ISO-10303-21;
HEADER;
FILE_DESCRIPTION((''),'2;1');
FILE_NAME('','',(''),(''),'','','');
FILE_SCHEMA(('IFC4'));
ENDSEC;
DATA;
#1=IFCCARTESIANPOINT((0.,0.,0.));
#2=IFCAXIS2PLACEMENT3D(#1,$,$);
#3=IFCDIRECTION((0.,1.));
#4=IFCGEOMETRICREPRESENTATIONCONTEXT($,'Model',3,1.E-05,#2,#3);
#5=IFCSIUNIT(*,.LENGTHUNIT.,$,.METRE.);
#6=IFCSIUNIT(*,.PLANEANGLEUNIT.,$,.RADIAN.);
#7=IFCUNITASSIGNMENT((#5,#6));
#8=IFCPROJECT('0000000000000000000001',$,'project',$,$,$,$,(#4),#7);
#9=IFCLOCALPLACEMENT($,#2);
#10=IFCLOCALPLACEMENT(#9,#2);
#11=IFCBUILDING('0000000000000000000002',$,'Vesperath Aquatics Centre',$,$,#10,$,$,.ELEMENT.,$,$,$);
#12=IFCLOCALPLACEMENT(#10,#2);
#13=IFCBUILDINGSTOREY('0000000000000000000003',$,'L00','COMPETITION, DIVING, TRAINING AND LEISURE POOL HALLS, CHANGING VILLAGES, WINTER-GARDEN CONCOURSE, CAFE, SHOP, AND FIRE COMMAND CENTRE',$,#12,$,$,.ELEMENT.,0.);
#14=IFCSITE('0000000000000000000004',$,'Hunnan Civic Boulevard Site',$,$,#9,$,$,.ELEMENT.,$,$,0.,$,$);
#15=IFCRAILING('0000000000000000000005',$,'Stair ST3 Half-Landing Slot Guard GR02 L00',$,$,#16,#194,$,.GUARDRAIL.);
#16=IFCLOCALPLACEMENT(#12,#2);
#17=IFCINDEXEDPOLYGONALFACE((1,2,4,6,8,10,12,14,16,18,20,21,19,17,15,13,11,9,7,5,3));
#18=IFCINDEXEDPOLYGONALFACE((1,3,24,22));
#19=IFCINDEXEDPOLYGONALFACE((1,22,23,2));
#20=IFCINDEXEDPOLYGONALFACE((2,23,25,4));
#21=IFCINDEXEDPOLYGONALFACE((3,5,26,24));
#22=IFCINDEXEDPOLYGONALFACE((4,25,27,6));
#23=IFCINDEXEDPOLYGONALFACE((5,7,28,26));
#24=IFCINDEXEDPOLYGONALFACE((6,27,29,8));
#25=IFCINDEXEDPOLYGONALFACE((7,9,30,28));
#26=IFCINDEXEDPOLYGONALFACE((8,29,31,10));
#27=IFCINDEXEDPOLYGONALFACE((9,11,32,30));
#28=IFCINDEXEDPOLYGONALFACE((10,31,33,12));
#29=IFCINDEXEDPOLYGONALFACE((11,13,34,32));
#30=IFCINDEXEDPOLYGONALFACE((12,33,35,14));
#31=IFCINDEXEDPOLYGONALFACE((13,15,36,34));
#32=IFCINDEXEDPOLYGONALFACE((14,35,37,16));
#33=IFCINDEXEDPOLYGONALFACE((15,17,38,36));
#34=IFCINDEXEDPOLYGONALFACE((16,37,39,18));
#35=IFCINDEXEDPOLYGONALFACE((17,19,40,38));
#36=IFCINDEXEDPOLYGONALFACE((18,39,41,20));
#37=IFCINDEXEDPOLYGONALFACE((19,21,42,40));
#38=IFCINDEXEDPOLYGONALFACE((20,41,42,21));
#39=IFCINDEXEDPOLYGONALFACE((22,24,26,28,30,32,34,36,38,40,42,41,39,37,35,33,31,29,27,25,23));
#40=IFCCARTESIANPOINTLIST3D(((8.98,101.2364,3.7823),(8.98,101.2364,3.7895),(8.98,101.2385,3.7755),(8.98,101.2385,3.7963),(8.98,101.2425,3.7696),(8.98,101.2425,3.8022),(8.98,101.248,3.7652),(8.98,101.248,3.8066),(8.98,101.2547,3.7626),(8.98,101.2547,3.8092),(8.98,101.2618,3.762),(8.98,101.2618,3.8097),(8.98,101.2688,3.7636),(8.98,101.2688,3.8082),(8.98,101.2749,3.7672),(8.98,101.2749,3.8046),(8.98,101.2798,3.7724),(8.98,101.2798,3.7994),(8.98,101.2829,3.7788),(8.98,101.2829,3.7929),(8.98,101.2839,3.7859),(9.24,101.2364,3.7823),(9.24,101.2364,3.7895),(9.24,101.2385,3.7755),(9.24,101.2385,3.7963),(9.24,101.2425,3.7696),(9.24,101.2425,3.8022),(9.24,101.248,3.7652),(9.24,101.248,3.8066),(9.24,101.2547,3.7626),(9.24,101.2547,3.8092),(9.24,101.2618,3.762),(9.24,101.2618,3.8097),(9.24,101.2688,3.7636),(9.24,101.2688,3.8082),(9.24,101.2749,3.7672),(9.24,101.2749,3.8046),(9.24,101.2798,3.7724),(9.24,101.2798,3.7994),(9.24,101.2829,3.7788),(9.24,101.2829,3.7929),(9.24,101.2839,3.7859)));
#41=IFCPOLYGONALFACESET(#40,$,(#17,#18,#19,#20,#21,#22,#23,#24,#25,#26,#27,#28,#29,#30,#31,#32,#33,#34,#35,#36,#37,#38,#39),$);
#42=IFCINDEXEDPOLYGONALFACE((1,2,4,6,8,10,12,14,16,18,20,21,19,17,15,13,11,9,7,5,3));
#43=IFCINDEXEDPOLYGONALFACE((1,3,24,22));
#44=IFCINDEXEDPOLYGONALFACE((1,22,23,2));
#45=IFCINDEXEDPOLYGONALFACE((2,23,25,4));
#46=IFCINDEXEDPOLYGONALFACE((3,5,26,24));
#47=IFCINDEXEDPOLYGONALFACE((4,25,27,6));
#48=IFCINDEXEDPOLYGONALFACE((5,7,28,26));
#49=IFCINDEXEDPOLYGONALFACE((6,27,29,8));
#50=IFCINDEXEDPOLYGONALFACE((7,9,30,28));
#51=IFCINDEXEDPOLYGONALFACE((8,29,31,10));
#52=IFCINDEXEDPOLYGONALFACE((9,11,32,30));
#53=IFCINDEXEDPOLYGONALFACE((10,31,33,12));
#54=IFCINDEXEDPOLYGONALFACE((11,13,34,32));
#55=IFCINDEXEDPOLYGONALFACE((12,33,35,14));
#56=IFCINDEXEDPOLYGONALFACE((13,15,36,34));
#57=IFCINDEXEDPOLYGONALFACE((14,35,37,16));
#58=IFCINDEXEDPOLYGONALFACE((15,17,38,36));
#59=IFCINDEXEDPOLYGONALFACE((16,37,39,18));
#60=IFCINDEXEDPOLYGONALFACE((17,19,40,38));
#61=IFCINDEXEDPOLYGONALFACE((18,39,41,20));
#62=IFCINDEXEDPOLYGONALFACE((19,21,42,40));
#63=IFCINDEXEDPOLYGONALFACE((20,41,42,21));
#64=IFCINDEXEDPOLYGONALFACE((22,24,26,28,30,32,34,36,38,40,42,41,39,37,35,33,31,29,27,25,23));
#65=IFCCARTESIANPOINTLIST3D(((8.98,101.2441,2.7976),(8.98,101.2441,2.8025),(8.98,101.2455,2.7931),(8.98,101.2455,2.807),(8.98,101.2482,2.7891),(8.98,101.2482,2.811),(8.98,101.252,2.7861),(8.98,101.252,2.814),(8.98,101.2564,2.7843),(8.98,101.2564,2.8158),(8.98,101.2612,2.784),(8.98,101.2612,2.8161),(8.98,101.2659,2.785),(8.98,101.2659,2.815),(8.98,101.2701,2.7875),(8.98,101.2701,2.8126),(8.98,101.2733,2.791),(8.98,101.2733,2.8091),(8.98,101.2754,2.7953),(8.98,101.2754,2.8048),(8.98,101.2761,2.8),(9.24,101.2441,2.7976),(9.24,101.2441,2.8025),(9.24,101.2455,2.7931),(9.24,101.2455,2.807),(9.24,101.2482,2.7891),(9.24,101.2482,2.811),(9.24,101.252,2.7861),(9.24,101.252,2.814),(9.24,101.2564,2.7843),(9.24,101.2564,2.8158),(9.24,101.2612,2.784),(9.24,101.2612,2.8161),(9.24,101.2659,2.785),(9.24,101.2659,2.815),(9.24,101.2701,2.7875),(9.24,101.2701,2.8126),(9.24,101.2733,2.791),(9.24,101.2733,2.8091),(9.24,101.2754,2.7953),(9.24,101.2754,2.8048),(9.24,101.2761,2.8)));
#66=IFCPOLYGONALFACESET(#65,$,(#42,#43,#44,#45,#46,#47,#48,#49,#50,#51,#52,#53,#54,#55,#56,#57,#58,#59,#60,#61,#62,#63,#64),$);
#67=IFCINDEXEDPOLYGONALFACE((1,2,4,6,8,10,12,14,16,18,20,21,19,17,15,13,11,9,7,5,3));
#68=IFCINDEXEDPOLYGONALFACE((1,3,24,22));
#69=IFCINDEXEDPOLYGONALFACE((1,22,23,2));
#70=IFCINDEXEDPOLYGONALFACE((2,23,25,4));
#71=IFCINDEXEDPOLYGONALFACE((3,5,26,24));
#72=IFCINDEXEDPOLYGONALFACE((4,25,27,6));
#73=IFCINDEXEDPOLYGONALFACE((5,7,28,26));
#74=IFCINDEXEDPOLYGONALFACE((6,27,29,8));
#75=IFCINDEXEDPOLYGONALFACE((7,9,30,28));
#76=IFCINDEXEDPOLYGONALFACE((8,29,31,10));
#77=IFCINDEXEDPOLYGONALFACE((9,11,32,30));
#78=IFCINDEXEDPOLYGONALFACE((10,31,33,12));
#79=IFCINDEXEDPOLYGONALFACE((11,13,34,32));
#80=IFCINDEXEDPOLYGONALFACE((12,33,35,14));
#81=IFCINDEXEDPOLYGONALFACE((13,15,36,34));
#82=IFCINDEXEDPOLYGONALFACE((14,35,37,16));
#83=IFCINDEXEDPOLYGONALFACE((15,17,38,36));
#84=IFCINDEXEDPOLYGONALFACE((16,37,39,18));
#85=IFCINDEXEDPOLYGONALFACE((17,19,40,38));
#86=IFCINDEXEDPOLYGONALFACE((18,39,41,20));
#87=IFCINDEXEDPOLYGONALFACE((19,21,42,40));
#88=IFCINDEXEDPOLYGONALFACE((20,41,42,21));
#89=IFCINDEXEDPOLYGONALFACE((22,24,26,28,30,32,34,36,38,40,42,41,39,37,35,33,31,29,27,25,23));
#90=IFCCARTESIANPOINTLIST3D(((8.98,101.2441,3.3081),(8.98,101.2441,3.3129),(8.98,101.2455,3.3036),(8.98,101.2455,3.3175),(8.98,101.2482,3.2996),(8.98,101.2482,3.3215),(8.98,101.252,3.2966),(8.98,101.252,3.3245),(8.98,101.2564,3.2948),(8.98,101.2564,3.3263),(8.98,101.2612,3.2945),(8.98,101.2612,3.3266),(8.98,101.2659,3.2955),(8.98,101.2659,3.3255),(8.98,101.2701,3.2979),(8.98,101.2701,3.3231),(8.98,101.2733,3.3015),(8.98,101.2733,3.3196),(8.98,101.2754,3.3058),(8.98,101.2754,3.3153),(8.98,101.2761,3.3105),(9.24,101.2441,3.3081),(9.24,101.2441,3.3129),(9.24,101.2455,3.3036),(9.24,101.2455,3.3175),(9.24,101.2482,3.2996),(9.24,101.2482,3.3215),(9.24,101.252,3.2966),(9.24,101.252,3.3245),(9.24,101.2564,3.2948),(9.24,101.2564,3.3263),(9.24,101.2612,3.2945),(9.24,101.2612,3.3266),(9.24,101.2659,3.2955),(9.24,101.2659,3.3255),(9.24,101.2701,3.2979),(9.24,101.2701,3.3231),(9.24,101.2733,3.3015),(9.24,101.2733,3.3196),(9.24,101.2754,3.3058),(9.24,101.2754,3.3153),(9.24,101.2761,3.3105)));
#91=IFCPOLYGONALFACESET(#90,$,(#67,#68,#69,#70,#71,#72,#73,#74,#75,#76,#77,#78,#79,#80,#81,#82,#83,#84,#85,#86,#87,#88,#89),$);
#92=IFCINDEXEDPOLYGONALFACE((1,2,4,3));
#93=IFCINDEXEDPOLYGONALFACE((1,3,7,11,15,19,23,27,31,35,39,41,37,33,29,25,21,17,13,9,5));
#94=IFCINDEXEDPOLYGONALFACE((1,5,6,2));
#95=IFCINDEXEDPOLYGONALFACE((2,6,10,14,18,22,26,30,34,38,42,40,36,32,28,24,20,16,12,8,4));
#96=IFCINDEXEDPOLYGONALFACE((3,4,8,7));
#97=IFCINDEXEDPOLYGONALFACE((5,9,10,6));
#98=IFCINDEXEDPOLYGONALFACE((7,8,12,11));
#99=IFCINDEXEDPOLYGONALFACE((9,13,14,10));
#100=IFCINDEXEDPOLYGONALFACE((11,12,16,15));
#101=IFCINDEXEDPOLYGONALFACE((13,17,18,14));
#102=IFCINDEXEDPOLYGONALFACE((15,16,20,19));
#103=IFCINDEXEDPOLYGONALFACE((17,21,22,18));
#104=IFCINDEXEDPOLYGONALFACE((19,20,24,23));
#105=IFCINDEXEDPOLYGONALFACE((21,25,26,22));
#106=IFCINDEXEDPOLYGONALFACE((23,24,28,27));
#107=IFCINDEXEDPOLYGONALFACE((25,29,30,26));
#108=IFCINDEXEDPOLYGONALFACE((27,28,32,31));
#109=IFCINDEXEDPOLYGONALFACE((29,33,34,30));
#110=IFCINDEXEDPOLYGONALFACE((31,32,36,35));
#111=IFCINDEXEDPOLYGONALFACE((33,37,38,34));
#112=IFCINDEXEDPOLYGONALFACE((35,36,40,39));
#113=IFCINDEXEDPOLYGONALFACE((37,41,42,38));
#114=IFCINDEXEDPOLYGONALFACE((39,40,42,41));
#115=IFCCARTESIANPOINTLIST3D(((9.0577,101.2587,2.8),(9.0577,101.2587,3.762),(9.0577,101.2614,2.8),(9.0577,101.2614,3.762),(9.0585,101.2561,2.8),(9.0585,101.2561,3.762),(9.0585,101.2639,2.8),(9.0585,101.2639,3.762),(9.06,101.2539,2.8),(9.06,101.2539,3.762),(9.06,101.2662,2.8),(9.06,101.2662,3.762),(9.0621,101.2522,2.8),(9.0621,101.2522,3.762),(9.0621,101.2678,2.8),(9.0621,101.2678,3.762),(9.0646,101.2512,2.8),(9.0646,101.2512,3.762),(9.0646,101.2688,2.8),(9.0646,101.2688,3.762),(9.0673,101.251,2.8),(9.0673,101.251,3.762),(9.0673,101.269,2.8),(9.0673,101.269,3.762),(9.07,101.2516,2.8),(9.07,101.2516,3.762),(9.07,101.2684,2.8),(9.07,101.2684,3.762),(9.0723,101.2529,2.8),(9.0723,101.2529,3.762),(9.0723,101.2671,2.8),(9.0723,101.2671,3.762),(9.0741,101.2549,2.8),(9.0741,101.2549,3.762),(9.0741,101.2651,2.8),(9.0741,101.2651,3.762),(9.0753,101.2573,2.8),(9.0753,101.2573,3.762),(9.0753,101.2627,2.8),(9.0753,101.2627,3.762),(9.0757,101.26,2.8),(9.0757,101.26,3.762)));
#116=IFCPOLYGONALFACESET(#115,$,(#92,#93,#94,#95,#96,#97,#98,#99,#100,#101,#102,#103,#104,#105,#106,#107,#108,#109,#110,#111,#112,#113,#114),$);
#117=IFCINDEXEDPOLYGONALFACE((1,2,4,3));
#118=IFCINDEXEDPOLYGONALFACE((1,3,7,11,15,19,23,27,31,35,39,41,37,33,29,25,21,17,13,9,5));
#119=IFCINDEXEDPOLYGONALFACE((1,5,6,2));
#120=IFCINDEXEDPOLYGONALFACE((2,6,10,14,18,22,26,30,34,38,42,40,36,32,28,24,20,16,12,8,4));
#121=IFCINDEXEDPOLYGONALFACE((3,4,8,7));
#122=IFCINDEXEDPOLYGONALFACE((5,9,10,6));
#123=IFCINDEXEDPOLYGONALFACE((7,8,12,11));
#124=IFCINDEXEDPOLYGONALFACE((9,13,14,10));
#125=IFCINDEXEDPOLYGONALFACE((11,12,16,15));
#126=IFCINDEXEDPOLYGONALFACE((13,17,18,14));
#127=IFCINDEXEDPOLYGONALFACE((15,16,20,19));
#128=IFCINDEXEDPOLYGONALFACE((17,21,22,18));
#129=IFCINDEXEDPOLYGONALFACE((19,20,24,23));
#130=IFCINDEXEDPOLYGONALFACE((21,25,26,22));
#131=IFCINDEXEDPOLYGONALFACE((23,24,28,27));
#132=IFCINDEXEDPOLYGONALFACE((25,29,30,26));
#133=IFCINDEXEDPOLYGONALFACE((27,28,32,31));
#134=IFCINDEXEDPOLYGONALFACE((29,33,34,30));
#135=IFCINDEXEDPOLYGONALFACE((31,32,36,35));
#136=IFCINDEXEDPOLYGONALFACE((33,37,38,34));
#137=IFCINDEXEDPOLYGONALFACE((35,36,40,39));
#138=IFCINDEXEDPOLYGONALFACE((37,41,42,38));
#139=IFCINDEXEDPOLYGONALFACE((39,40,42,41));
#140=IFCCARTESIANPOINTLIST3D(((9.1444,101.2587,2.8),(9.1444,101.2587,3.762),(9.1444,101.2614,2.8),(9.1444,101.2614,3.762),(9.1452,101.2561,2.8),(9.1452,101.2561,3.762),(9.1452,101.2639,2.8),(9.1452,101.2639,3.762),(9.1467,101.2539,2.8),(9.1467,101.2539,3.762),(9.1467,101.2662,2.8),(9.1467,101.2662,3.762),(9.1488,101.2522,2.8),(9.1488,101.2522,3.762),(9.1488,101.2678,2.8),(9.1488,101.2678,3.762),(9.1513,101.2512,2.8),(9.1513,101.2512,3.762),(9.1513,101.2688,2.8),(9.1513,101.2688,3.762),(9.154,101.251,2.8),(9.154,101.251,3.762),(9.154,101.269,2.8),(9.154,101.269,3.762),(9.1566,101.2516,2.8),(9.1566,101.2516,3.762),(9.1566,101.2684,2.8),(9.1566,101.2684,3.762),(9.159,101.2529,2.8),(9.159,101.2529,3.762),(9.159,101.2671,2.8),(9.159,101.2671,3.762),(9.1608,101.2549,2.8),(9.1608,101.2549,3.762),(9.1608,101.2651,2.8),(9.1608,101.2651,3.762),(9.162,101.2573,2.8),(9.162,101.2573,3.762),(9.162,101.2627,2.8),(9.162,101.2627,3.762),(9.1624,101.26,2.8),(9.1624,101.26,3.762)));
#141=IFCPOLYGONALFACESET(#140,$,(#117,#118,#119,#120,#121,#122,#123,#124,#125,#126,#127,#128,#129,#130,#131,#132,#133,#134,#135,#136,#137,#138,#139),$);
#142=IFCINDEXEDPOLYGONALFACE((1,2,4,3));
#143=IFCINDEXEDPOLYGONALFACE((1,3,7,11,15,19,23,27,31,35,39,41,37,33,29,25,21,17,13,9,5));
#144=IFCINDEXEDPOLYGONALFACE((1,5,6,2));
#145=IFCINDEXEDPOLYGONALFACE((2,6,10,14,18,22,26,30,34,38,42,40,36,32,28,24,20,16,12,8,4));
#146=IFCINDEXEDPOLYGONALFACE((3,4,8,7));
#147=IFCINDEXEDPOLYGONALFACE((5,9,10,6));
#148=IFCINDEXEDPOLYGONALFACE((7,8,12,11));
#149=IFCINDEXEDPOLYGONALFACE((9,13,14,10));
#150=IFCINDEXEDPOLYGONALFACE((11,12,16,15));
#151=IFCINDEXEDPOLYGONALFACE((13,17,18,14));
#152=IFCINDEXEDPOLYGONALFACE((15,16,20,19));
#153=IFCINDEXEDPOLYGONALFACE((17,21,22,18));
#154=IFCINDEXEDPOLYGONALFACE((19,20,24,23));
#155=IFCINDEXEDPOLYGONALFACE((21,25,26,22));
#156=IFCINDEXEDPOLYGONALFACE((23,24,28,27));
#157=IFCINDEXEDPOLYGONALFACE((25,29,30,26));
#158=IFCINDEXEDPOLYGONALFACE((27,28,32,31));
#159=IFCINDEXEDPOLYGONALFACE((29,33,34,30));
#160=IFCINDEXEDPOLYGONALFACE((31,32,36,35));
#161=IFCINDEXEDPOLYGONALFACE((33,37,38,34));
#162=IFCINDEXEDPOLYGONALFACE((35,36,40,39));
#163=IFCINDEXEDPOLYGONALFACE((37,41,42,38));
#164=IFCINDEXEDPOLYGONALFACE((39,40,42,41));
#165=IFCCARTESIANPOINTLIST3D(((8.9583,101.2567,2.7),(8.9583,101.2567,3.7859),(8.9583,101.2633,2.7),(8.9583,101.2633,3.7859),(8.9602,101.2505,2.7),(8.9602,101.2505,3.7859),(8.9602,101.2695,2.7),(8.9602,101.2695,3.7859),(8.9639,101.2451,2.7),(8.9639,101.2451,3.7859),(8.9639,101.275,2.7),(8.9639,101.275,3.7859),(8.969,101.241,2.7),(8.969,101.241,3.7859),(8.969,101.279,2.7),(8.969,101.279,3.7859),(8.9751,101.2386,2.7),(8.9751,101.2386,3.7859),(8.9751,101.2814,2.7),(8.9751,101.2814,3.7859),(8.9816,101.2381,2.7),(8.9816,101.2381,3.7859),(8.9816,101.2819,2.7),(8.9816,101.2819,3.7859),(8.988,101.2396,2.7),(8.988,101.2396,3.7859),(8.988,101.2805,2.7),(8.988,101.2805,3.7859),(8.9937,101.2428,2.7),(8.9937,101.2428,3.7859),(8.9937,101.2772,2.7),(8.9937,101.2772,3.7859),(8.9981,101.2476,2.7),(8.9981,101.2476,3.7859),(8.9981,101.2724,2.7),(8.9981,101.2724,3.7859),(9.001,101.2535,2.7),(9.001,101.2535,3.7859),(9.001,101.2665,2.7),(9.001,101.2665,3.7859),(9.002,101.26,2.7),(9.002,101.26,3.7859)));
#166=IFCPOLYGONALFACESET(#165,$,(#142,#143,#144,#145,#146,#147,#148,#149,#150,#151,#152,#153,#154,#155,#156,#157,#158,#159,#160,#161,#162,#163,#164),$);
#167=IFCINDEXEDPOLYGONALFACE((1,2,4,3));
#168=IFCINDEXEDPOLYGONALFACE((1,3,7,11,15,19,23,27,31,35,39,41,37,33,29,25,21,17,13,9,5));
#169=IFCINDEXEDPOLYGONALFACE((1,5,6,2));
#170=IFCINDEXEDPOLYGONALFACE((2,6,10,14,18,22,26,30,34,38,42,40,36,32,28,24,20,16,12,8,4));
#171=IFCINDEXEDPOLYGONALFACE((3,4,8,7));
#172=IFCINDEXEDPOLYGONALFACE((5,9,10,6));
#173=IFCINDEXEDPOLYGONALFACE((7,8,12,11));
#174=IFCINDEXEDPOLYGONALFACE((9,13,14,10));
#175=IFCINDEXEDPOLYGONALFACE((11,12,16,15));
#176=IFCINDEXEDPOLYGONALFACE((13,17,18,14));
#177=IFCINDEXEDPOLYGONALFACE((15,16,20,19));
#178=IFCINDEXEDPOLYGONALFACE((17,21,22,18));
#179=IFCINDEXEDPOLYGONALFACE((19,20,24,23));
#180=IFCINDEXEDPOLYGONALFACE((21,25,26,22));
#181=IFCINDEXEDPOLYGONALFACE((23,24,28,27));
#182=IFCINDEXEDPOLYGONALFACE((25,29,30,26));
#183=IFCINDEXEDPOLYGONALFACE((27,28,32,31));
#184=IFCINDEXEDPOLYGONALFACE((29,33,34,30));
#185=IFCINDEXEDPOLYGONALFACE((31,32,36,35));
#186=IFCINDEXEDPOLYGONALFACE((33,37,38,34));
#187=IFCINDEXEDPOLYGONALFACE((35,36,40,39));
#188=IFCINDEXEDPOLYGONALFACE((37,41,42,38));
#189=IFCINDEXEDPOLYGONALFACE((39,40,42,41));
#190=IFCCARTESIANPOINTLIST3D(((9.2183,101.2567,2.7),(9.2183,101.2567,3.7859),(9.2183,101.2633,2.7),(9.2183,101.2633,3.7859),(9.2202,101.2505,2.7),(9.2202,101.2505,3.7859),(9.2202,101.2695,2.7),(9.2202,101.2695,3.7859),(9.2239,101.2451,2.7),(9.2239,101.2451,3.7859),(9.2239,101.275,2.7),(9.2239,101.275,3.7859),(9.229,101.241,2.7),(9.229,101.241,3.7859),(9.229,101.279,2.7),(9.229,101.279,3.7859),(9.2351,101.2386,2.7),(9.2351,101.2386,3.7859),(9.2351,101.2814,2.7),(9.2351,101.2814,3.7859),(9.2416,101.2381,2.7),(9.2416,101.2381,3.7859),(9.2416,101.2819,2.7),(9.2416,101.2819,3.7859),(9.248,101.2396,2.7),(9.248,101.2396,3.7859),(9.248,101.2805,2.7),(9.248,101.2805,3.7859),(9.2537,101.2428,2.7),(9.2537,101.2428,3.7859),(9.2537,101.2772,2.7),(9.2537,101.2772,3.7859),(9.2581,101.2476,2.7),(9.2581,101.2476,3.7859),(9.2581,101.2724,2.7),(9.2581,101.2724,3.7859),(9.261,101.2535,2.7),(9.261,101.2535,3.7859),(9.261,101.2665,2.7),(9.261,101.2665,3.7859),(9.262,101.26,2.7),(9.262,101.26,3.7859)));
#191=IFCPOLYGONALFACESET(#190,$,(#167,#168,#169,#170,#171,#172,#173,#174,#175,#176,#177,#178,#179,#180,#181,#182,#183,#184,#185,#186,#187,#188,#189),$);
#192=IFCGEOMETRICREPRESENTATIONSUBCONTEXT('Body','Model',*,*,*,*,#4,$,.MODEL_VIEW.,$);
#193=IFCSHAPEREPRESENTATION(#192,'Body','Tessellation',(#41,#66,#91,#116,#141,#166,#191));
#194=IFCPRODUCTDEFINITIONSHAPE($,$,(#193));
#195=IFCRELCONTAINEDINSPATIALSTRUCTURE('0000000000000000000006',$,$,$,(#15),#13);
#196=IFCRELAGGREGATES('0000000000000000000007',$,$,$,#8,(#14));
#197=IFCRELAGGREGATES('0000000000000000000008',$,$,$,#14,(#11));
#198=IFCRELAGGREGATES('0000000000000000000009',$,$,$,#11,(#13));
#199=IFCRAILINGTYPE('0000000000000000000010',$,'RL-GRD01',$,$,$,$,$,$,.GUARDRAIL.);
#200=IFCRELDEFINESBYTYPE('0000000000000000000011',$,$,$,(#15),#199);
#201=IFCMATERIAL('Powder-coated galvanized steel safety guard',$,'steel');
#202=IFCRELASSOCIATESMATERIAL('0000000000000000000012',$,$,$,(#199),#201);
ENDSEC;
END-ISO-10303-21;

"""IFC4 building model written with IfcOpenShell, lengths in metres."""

from ifc_helpers import new_model, si_unit, direction, frame, origin, origin_2d, place, context, subcontext, project, spatial, circle, extrude, material, type_object, element, save


model = new_model("IFC4")

# Units and contexts
model_context = context("Model", 3, precision=1e-05, world=origin(), true_north=direction((0.0, 1.0)))
body_context = subcontext(model_context, "Body", "Model", "MODEL_VIEW")
ifc_project = project(units=[si_unit("LENGTHUNIT", "METRE"), si_unit("PLANEANGLEUNIT", "RADIAN")], contexts=[model_context])

# Site, building, storey
site_placement = place(None, origin())
site = spatial("IfcSite", under=ifc_project, at=site_placement, Name="Hunnan Civic Boulevard Site", CompositionType="ELEMENT", RefElevation=0.0)
building_placement = place(site_placement, origin())
building = spatial("IfcBuilding", under=site, at=building_placement, Name="Vesperath Aquatics Centre", CompositionType="ELEMENT")
storey_placement = place(building_placement, origin())
storey = spatial("IfcBuildingStorey", under=building, at=storey_placement, Name="L00", Description="COMPETITION, DIVING, TRAINING AND LEISURE POOL HALLS, CHANGING VILLAGES, WINTER-GARDEN CONCOURSE, CAFE, SHOP, AND FIRE COMMAND CENTRE", CompositionType="ELEMENT", Elevation=0.0)

# Railing
ifc_material_1 = material(Name="Powder-coated galvanized steel safety guard", Category="steel")
railing_type_1 = type_object("IfcRailingType", Name="RL-GRD01", PredefinedType="GUARDRAIL", material=ifc_material_1)
railing_1_placement = place(storey_placement, frame((8.98, 101.26, 2.7)))
element("IfcRailing", 1, at=railing_1_placement, inside=storey, type_object=railing_type_1, Name="Stair ST3 Half-Landing Slot Guard GR02 L00", PredefinedType="GUARDRAIL", context=body_context, shape_type="SweptSolid", body=[
    extrude(circle(Radius=0.0239, at=origin_2d()), frame((0.0, 0.0, 1.0859), z_axis=(1.0, 0.0, 0.0), x_axis=(0.0, 1.0, 0.0)), (0.0, 0.0, 1.0), 0.26),
    extrude(circle(Radius=0.0161, at=origin_2d()), frame((0.0, 0.0, 0.1001), z_axis=(1.0, 0.0, 0.0), x_axis=(0.0, 1.0, 0.0)), (0.0, 0.0, 1.0), 0.26),
    extrude(circle(Radius=0.0161, at=origin_2d()), frame((0.0, 0.0, 0.6106), z_axis=(1.0, 0.0, 0.0), x_axis=(0.0, 1.0, 0.0)), (0.0, 0.0, 1.0), 0.26),
    extrude(circle(Radius=0.009, at=origin_2d()), frame((0.0867, 0.0, 0.1001)), (0.0, 0.0, 1.0), 0.9619),
    extrude(circle(Radius=0.009, at=origin_2d()), frame((0.1733, 0.0, 0.1001)), (0.0, 0.0, 1.0), 0.9619),
    extrude(circle(Radius=0.022, at=origin_2d()), origin(), (0.0, 0.0, 1.0), 1.0859),
    extrude(circle(Radius=0.022, at=origin_2d()), frame((0.26, 0.0, 0.0)), (0.0, 0.0, 1.0), 1.0859),
])

save(model, "model.ifc")
